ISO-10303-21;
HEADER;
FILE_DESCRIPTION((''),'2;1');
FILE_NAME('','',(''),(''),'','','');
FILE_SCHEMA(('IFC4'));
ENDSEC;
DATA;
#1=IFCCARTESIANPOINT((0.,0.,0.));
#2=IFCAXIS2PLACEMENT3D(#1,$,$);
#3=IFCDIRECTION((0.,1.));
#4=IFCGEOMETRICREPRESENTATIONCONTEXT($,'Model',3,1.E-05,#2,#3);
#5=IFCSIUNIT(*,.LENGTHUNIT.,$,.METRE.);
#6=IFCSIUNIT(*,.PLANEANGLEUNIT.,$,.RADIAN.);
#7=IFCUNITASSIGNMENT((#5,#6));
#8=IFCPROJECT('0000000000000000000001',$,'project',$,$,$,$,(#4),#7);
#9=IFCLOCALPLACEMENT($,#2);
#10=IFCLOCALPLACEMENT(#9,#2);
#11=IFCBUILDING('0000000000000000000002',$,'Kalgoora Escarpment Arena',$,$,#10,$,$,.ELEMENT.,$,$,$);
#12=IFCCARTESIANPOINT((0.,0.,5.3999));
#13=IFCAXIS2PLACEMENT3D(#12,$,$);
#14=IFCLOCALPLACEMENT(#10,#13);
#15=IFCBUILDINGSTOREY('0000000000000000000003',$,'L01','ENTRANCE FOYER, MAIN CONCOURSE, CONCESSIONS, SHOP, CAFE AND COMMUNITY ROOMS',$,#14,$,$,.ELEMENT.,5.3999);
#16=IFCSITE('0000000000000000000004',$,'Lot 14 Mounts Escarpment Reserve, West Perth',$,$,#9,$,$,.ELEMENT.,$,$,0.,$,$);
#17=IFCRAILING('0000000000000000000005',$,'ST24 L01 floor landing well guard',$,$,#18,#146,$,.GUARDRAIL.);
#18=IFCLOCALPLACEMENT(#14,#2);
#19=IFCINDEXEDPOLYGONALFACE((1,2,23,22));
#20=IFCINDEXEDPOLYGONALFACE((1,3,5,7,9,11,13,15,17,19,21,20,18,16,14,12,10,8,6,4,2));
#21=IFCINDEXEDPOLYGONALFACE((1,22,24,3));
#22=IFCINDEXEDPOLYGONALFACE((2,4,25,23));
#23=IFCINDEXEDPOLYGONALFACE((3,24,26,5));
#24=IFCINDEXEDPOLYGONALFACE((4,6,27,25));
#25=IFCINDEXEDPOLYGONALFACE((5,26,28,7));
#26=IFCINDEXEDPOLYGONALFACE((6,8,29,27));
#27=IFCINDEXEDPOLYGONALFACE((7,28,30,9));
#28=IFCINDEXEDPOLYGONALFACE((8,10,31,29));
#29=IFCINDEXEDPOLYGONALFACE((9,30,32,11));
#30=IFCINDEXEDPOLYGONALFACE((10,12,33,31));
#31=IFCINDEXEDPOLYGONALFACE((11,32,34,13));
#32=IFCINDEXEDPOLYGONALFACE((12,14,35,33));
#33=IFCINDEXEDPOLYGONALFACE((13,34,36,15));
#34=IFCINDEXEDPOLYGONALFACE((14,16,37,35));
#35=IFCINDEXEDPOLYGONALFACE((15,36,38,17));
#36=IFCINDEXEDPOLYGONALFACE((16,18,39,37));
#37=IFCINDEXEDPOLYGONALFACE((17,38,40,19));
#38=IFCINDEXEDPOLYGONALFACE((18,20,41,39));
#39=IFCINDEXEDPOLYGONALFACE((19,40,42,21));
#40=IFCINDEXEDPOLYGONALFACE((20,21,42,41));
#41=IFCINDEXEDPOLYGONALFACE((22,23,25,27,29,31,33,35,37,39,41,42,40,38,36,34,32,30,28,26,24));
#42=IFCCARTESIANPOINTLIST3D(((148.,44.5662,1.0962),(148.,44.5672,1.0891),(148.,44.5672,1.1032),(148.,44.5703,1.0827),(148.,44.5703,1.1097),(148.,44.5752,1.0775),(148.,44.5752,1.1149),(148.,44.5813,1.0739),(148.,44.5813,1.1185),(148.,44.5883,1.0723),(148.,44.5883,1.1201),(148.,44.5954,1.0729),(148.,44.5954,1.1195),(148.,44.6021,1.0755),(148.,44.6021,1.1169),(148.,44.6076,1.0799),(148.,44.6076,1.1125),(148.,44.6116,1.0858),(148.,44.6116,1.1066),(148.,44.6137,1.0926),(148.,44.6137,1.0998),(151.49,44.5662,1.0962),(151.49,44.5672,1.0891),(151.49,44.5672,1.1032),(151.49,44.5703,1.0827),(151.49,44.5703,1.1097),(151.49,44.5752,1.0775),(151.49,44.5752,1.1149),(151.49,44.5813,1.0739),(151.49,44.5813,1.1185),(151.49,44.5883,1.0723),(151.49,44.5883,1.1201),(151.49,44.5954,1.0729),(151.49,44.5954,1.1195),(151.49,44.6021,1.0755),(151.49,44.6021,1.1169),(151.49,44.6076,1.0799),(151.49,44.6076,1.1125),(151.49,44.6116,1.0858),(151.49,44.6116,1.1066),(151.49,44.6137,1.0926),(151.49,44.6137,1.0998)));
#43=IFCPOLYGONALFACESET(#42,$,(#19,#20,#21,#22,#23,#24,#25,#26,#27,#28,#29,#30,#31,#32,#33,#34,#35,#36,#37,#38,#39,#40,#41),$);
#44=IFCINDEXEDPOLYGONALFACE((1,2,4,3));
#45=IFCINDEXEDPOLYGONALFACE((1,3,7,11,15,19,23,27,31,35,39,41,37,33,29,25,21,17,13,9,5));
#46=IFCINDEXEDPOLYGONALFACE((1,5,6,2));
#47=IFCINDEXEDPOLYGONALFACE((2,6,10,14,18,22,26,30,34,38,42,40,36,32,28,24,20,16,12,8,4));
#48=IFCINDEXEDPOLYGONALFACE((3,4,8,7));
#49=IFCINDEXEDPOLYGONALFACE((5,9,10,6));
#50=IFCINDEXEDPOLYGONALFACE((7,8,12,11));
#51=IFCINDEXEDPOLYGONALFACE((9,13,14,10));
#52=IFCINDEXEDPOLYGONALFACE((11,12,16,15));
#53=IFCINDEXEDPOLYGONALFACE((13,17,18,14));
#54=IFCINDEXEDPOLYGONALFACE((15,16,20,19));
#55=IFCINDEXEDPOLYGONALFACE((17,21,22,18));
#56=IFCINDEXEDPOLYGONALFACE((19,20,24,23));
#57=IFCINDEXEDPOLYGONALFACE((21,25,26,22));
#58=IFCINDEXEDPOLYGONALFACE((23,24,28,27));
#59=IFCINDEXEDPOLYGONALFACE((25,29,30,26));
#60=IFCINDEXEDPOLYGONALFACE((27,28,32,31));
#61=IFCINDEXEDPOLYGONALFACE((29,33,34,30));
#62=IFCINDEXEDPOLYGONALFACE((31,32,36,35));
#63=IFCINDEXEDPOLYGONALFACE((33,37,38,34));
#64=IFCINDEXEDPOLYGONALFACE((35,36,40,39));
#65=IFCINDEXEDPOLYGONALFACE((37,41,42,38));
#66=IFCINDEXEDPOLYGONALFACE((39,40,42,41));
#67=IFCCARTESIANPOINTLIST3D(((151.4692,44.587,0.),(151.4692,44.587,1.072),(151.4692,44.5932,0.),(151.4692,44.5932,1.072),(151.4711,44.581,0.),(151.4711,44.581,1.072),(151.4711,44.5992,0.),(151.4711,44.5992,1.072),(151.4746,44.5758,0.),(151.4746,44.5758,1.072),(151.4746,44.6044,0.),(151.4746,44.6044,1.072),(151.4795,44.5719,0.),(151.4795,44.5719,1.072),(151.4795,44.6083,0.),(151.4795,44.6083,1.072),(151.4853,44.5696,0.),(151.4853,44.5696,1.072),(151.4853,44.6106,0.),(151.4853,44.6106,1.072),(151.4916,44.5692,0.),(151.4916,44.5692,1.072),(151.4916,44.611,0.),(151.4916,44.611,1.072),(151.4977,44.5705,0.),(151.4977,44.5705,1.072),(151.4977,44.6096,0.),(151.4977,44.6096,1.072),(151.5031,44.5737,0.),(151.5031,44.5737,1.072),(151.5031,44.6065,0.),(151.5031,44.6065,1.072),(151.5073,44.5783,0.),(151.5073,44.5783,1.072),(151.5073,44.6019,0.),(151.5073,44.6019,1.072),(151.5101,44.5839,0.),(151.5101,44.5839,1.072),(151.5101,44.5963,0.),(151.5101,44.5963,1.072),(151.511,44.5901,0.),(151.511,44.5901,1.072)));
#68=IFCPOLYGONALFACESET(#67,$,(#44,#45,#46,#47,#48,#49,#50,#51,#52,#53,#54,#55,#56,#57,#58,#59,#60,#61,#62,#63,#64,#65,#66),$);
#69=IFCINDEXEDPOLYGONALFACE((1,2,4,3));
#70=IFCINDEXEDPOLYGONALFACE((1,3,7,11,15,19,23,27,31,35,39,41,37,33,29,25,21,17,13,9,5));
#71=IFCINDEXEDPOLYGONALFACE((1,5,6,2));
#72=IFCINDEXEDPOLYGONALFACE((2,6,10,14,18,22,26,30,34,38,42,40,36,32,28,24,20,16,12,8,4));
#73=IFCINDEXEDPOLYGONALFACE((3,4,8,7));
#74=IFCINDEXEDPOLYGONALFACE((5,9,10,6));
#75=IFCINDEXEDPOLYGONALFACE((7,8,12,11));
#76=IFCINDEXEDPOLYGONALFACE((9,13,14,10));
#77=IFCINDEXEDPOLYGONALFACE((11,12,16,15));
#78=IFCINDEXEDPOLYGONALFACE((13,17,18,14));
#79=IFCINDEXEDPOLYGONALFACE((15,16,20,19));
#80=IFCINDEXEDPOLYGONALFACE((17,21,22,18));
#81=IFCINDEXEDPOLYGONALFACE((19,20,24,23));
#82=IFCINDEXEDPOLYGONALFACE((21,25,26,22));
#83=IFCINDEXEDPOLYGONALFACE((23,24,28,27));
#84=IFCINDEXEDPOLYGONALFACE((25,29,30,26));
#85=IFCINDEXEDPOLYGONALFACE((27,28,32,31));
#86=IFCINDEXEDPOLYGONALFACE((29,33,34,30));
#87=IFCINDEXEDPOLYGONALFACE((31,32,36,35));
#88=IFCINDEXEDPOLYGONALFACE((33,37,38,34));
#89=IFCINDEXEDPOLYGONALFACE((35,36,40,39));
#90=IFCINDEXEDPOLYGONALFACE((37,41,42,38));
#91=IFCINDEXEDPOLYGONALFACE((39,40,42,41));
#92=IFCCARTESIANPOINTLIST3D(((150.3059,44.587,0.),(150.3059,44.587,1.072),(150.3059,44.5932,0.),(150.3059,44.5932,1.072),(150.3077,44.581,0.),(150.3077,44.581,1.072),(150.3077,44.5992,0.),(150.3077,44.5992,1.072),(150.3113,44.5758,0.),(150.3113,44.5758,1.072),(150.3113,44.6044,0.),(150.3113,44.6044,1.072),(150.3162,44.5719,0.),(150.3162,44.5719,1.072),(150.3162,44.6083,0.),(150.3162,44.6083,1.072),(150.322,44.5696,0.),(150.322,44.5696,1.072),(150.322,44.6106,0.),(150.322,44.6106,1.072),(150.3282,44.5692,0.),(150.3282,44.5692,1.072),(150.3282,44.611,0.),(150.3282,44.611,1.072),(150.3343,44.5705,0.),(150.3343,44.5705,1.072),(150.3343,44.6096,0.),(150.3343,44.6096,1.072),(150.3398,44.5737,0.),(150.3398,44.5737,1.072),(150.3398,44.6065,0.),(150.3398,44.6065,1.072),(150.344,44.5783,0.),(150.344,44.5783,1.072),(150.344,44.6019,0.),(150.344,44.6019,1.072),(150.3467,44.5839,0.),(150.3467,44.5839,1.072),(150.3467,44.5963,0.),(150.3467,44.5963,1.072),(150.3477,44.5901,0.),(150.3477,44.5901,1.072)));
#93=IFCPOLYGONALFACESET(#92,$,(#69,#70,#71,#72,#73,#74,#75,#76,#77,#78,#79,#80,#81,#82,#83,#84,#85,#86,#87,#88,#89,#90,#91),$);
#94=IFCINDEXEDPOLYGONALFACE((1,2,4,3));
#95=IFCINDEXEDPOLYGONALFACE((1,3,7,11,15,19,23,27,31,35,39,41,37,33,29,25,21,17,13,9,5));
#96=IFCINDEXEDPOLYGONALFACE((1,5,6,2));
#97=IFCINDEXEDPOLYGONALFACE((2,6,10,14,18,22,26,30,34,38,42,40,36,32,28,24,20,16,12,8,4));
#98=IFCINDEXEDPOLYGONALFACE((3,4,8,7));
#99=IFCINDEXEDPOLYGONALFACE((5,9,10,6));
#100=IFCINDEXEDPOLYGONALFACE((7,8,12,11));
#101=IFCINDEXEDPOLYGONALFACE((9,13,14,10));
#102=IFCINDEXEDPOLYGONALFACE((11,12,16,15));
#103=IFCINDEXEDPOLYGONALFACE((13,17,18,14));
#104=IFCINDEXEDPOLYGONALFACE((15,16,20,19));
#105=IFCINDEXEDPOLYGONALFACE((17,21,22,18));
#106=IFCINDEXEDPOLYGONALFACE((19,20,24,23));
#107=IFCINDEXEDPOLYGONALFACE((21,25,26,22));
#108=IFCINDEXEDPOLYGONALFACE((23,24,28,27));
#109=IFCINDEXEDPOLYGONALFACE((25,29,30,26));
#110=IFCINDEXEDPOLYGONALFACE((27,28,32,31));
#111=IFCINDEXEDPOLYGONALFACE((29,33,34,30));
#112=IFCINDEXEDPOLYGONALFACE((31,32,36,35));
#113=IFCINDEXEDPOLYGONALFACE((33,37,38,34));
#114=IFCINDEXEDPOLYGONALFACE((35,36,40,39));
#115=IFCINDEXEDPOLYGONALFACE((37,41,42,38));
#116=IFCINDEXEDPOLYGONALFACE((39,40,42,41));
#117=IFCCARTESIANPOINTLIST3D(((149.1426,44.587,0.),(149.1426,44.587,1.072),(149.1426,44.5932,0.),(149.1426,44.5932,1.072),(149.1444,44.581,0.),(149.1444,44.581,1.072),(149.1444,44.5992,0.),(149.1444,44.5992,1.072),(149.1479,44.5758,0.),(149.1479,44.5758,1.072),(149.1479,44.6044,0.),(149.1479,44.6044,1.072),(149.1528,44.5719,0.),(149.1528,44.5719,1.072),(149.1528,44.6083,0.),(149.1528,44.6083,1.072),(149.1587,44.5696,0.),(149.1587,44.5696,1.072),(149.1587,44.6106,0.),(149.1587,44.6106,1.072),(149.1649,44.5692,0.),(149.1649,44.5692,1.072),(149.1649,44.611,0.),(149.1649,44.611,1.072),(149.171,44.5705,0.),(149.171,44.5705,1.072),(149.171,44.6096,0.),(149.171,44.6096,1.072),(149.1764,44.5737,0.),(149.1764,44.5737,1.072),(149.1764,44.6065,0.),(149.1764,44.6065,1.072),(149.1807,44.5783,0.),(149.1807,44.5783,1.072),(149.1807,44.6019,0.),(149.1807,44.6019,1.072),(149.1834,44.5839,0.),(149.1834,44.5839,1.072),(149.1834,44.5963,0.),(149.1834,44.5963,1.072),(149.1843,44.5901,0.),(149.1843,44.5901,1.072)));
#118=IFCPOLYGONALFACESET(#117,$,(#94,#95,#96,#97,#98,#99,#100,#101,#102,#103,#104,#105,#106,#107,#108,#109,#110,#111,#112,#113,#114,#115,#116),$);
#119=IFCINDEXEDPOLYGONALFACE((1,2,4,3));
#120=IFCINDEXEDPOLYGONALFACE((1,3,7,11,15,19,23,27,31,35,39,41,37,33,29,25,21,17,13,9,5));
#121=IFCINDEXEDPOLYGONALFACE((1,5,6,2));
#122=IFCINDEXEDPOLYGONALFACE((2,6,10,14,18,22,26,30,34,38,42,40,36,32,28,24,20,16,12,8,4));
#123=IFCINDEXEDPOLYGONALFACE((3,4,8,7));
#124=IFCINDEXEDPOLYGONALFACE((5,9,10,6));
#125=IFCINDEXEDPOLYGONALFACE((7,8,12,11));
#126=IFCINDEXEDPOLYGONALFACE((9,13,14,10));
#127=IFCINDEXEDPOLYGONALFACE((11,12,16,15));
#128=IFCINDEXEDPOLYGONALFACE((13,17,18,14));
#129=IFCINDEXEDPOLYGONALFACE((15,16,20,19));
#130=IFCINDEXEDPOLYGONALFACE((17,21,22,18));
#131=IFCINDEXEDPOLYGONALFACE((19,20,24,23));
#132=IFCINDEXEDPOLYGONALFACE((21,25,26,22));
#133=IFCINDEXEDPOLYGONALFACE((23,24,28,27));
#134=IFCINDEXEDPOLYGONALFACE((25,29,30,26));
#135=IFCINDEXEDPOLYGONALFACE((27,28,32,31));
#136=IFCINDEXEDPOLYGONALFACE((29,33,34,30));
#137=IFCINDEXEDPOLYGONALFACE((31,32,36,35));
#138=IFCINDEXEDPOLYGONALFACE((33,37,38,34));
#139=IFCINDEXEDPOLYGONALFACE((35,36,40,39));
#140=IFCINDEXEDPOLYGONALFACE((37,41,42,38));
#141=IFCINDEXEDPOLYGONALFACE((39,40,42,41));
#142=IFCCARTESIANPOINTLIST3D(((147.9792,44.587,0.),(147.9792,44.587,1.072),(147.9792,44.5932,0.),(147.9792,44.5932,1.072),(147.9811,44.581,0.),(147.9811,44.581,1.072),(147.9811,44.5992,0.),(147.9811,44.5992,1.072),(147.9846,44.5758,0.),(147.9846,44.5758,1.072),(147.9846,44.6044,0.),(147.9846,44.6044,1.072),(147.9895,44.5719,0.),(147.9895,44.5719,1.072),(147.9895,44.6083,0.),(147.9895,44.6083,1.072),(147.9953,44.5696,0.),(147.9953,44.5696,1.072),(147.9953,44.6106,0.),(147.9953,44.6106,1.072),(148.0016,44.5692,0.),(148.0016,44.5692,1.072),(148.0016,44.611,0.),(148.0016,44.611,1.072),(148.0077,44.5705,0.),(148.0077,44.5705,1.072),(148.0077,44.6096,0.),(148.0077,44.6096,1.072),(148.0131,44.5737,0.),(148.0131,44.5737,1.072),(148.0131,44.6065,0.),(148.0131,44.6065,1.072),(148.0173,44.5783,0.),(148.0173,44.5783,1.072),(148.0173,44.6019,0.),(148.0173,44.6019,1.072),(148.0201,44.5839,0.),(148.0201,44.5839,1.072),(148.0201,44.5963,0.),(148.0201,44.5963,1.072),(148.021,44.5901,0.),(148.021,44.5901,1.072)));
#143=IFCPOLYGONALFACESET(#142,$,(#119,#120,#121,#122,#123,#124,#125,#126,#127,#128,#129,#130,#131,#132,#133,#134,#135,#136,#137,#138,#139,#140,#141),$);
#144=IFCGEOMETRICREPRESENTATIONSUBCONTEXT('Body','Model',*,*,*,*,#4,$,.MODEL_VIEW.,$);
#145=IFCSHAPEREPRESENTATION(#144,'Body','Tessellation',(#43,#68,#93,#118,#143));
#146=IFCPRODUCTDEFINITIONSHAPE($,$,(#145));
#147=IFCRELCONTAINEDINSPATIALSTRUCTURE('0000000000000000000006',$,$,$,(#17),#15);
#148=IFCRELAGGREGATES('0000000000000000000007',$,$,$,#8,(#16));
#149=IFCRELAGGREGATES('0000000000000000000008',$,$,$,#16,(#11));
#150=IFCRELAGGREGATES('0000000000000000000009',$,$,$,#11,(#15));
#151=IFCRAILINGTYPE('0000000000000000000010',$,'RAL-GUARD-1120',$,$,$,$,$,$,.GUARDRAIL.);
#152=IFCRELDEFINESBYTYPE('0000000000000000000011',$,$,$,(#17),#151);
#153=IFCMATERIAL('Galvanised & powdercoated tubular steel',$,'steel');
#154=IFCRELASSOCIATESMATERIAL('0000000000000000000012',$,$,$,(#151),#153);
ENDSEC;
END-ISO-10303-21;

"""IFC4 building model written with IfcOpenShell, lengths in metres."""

from ifc_helpers import new_model, si_unit, direction, frame, origin, origin_2d, place, context, subcontext, project, spatial, circle, extrude, material, type_object, element, save


model = new_model("IFC4")

# Units and contexts
model_context = context("Model", 3, precision=1e-05, world=origin(), true_north=direction((0.0, 1.0)))
body_context = subcontext(model_context, "Body", "Model", "MODEL_VIEW")
ifc_project = project(units=[si_unit("LENGTHUNIT", "METRE"), si_unit("PLANEANGLEUNIT", "RADIAN")], contexts=[model_context])

# Site, building, storey
site_placement = place(None, origin())
site = spatial("IfcSite", under=ifc_project, at=site_placement, Name="Lot 14 Mounts Escarpment Reserve, West Perth", CompositionType="ELEMENT", RefElevation=0.0)
building_placement = place(site_placement, origin())
building = spatial("IfcBuilding", under=site, at=building_placement, Name="Kalgoora Escarpment Arena", CompositionType="ELEMENT")
storey_placement = place(building_placement, frame((0.0, 0.0, 5.3999)))
storey = spatial("IfcBuildingStorey", under=building, at=storey_placement, Name="L01", Description="ENTRANCE FOYER, MAIN CONCOURSE, CONCESSIONS, SHOP, CAFE AND COMMUNITY ROOMS", CompositionType="ELEMENT", Elevation=5.3999)

# Railing
ifc_material_1 = material(Name="Galvanised & powdercoated tubular steel", Category="steel")
railing_type_1 = type_object("IfcRailingType", Name="RAL-GUARD-1120", PredefinedType="GUARDRAIL", material=ifc_material_1)
railing_1_placement = place(storey_placement, frame((151.49, 44.5901, 0.0)))
element("IfcRailing", 1, at=railing_1_placement, inside=storey, type_object=railing_type_1, Name="ST24 L01 floor landing well guard", PredefinedType="GUARDRAIL", context=body_context, shape_type="SweptSolid", body=[
    extrude(circle(Radius=0.0239, at=origin_2d()), frame((0.0, 0.0, 1.0962), z_axis=(-1.0, 0.0, 0.0), x_axis=(0.0, -1.0, 0.0)), (0.0, 0.0, 1.0), 3.49),
    extrude(circle(Radius=0.021, at=origin_2d()), origin(), (0.0, 0.0, 1.0), 1.072),
    extrude(circle(Radius=0.021, at=origin_2d()), frame((-1.1633, 0.0, 0.0)), (0.0, 0.0, 1.0), 1.072),
    extrude(circle(Radius=0.021, at=origin_2d()), frame((-2.3267, 0.0, 0.0)), (0.0, 0.0, 1.0), 1.072),
    extrude(circle(Radius=0.021, at=origin_2d()), frame((-3.49, 0.0, 0.0)), (0.0, 0.0, 1.0), 1.072),
])

save(model, "model.ifc")
